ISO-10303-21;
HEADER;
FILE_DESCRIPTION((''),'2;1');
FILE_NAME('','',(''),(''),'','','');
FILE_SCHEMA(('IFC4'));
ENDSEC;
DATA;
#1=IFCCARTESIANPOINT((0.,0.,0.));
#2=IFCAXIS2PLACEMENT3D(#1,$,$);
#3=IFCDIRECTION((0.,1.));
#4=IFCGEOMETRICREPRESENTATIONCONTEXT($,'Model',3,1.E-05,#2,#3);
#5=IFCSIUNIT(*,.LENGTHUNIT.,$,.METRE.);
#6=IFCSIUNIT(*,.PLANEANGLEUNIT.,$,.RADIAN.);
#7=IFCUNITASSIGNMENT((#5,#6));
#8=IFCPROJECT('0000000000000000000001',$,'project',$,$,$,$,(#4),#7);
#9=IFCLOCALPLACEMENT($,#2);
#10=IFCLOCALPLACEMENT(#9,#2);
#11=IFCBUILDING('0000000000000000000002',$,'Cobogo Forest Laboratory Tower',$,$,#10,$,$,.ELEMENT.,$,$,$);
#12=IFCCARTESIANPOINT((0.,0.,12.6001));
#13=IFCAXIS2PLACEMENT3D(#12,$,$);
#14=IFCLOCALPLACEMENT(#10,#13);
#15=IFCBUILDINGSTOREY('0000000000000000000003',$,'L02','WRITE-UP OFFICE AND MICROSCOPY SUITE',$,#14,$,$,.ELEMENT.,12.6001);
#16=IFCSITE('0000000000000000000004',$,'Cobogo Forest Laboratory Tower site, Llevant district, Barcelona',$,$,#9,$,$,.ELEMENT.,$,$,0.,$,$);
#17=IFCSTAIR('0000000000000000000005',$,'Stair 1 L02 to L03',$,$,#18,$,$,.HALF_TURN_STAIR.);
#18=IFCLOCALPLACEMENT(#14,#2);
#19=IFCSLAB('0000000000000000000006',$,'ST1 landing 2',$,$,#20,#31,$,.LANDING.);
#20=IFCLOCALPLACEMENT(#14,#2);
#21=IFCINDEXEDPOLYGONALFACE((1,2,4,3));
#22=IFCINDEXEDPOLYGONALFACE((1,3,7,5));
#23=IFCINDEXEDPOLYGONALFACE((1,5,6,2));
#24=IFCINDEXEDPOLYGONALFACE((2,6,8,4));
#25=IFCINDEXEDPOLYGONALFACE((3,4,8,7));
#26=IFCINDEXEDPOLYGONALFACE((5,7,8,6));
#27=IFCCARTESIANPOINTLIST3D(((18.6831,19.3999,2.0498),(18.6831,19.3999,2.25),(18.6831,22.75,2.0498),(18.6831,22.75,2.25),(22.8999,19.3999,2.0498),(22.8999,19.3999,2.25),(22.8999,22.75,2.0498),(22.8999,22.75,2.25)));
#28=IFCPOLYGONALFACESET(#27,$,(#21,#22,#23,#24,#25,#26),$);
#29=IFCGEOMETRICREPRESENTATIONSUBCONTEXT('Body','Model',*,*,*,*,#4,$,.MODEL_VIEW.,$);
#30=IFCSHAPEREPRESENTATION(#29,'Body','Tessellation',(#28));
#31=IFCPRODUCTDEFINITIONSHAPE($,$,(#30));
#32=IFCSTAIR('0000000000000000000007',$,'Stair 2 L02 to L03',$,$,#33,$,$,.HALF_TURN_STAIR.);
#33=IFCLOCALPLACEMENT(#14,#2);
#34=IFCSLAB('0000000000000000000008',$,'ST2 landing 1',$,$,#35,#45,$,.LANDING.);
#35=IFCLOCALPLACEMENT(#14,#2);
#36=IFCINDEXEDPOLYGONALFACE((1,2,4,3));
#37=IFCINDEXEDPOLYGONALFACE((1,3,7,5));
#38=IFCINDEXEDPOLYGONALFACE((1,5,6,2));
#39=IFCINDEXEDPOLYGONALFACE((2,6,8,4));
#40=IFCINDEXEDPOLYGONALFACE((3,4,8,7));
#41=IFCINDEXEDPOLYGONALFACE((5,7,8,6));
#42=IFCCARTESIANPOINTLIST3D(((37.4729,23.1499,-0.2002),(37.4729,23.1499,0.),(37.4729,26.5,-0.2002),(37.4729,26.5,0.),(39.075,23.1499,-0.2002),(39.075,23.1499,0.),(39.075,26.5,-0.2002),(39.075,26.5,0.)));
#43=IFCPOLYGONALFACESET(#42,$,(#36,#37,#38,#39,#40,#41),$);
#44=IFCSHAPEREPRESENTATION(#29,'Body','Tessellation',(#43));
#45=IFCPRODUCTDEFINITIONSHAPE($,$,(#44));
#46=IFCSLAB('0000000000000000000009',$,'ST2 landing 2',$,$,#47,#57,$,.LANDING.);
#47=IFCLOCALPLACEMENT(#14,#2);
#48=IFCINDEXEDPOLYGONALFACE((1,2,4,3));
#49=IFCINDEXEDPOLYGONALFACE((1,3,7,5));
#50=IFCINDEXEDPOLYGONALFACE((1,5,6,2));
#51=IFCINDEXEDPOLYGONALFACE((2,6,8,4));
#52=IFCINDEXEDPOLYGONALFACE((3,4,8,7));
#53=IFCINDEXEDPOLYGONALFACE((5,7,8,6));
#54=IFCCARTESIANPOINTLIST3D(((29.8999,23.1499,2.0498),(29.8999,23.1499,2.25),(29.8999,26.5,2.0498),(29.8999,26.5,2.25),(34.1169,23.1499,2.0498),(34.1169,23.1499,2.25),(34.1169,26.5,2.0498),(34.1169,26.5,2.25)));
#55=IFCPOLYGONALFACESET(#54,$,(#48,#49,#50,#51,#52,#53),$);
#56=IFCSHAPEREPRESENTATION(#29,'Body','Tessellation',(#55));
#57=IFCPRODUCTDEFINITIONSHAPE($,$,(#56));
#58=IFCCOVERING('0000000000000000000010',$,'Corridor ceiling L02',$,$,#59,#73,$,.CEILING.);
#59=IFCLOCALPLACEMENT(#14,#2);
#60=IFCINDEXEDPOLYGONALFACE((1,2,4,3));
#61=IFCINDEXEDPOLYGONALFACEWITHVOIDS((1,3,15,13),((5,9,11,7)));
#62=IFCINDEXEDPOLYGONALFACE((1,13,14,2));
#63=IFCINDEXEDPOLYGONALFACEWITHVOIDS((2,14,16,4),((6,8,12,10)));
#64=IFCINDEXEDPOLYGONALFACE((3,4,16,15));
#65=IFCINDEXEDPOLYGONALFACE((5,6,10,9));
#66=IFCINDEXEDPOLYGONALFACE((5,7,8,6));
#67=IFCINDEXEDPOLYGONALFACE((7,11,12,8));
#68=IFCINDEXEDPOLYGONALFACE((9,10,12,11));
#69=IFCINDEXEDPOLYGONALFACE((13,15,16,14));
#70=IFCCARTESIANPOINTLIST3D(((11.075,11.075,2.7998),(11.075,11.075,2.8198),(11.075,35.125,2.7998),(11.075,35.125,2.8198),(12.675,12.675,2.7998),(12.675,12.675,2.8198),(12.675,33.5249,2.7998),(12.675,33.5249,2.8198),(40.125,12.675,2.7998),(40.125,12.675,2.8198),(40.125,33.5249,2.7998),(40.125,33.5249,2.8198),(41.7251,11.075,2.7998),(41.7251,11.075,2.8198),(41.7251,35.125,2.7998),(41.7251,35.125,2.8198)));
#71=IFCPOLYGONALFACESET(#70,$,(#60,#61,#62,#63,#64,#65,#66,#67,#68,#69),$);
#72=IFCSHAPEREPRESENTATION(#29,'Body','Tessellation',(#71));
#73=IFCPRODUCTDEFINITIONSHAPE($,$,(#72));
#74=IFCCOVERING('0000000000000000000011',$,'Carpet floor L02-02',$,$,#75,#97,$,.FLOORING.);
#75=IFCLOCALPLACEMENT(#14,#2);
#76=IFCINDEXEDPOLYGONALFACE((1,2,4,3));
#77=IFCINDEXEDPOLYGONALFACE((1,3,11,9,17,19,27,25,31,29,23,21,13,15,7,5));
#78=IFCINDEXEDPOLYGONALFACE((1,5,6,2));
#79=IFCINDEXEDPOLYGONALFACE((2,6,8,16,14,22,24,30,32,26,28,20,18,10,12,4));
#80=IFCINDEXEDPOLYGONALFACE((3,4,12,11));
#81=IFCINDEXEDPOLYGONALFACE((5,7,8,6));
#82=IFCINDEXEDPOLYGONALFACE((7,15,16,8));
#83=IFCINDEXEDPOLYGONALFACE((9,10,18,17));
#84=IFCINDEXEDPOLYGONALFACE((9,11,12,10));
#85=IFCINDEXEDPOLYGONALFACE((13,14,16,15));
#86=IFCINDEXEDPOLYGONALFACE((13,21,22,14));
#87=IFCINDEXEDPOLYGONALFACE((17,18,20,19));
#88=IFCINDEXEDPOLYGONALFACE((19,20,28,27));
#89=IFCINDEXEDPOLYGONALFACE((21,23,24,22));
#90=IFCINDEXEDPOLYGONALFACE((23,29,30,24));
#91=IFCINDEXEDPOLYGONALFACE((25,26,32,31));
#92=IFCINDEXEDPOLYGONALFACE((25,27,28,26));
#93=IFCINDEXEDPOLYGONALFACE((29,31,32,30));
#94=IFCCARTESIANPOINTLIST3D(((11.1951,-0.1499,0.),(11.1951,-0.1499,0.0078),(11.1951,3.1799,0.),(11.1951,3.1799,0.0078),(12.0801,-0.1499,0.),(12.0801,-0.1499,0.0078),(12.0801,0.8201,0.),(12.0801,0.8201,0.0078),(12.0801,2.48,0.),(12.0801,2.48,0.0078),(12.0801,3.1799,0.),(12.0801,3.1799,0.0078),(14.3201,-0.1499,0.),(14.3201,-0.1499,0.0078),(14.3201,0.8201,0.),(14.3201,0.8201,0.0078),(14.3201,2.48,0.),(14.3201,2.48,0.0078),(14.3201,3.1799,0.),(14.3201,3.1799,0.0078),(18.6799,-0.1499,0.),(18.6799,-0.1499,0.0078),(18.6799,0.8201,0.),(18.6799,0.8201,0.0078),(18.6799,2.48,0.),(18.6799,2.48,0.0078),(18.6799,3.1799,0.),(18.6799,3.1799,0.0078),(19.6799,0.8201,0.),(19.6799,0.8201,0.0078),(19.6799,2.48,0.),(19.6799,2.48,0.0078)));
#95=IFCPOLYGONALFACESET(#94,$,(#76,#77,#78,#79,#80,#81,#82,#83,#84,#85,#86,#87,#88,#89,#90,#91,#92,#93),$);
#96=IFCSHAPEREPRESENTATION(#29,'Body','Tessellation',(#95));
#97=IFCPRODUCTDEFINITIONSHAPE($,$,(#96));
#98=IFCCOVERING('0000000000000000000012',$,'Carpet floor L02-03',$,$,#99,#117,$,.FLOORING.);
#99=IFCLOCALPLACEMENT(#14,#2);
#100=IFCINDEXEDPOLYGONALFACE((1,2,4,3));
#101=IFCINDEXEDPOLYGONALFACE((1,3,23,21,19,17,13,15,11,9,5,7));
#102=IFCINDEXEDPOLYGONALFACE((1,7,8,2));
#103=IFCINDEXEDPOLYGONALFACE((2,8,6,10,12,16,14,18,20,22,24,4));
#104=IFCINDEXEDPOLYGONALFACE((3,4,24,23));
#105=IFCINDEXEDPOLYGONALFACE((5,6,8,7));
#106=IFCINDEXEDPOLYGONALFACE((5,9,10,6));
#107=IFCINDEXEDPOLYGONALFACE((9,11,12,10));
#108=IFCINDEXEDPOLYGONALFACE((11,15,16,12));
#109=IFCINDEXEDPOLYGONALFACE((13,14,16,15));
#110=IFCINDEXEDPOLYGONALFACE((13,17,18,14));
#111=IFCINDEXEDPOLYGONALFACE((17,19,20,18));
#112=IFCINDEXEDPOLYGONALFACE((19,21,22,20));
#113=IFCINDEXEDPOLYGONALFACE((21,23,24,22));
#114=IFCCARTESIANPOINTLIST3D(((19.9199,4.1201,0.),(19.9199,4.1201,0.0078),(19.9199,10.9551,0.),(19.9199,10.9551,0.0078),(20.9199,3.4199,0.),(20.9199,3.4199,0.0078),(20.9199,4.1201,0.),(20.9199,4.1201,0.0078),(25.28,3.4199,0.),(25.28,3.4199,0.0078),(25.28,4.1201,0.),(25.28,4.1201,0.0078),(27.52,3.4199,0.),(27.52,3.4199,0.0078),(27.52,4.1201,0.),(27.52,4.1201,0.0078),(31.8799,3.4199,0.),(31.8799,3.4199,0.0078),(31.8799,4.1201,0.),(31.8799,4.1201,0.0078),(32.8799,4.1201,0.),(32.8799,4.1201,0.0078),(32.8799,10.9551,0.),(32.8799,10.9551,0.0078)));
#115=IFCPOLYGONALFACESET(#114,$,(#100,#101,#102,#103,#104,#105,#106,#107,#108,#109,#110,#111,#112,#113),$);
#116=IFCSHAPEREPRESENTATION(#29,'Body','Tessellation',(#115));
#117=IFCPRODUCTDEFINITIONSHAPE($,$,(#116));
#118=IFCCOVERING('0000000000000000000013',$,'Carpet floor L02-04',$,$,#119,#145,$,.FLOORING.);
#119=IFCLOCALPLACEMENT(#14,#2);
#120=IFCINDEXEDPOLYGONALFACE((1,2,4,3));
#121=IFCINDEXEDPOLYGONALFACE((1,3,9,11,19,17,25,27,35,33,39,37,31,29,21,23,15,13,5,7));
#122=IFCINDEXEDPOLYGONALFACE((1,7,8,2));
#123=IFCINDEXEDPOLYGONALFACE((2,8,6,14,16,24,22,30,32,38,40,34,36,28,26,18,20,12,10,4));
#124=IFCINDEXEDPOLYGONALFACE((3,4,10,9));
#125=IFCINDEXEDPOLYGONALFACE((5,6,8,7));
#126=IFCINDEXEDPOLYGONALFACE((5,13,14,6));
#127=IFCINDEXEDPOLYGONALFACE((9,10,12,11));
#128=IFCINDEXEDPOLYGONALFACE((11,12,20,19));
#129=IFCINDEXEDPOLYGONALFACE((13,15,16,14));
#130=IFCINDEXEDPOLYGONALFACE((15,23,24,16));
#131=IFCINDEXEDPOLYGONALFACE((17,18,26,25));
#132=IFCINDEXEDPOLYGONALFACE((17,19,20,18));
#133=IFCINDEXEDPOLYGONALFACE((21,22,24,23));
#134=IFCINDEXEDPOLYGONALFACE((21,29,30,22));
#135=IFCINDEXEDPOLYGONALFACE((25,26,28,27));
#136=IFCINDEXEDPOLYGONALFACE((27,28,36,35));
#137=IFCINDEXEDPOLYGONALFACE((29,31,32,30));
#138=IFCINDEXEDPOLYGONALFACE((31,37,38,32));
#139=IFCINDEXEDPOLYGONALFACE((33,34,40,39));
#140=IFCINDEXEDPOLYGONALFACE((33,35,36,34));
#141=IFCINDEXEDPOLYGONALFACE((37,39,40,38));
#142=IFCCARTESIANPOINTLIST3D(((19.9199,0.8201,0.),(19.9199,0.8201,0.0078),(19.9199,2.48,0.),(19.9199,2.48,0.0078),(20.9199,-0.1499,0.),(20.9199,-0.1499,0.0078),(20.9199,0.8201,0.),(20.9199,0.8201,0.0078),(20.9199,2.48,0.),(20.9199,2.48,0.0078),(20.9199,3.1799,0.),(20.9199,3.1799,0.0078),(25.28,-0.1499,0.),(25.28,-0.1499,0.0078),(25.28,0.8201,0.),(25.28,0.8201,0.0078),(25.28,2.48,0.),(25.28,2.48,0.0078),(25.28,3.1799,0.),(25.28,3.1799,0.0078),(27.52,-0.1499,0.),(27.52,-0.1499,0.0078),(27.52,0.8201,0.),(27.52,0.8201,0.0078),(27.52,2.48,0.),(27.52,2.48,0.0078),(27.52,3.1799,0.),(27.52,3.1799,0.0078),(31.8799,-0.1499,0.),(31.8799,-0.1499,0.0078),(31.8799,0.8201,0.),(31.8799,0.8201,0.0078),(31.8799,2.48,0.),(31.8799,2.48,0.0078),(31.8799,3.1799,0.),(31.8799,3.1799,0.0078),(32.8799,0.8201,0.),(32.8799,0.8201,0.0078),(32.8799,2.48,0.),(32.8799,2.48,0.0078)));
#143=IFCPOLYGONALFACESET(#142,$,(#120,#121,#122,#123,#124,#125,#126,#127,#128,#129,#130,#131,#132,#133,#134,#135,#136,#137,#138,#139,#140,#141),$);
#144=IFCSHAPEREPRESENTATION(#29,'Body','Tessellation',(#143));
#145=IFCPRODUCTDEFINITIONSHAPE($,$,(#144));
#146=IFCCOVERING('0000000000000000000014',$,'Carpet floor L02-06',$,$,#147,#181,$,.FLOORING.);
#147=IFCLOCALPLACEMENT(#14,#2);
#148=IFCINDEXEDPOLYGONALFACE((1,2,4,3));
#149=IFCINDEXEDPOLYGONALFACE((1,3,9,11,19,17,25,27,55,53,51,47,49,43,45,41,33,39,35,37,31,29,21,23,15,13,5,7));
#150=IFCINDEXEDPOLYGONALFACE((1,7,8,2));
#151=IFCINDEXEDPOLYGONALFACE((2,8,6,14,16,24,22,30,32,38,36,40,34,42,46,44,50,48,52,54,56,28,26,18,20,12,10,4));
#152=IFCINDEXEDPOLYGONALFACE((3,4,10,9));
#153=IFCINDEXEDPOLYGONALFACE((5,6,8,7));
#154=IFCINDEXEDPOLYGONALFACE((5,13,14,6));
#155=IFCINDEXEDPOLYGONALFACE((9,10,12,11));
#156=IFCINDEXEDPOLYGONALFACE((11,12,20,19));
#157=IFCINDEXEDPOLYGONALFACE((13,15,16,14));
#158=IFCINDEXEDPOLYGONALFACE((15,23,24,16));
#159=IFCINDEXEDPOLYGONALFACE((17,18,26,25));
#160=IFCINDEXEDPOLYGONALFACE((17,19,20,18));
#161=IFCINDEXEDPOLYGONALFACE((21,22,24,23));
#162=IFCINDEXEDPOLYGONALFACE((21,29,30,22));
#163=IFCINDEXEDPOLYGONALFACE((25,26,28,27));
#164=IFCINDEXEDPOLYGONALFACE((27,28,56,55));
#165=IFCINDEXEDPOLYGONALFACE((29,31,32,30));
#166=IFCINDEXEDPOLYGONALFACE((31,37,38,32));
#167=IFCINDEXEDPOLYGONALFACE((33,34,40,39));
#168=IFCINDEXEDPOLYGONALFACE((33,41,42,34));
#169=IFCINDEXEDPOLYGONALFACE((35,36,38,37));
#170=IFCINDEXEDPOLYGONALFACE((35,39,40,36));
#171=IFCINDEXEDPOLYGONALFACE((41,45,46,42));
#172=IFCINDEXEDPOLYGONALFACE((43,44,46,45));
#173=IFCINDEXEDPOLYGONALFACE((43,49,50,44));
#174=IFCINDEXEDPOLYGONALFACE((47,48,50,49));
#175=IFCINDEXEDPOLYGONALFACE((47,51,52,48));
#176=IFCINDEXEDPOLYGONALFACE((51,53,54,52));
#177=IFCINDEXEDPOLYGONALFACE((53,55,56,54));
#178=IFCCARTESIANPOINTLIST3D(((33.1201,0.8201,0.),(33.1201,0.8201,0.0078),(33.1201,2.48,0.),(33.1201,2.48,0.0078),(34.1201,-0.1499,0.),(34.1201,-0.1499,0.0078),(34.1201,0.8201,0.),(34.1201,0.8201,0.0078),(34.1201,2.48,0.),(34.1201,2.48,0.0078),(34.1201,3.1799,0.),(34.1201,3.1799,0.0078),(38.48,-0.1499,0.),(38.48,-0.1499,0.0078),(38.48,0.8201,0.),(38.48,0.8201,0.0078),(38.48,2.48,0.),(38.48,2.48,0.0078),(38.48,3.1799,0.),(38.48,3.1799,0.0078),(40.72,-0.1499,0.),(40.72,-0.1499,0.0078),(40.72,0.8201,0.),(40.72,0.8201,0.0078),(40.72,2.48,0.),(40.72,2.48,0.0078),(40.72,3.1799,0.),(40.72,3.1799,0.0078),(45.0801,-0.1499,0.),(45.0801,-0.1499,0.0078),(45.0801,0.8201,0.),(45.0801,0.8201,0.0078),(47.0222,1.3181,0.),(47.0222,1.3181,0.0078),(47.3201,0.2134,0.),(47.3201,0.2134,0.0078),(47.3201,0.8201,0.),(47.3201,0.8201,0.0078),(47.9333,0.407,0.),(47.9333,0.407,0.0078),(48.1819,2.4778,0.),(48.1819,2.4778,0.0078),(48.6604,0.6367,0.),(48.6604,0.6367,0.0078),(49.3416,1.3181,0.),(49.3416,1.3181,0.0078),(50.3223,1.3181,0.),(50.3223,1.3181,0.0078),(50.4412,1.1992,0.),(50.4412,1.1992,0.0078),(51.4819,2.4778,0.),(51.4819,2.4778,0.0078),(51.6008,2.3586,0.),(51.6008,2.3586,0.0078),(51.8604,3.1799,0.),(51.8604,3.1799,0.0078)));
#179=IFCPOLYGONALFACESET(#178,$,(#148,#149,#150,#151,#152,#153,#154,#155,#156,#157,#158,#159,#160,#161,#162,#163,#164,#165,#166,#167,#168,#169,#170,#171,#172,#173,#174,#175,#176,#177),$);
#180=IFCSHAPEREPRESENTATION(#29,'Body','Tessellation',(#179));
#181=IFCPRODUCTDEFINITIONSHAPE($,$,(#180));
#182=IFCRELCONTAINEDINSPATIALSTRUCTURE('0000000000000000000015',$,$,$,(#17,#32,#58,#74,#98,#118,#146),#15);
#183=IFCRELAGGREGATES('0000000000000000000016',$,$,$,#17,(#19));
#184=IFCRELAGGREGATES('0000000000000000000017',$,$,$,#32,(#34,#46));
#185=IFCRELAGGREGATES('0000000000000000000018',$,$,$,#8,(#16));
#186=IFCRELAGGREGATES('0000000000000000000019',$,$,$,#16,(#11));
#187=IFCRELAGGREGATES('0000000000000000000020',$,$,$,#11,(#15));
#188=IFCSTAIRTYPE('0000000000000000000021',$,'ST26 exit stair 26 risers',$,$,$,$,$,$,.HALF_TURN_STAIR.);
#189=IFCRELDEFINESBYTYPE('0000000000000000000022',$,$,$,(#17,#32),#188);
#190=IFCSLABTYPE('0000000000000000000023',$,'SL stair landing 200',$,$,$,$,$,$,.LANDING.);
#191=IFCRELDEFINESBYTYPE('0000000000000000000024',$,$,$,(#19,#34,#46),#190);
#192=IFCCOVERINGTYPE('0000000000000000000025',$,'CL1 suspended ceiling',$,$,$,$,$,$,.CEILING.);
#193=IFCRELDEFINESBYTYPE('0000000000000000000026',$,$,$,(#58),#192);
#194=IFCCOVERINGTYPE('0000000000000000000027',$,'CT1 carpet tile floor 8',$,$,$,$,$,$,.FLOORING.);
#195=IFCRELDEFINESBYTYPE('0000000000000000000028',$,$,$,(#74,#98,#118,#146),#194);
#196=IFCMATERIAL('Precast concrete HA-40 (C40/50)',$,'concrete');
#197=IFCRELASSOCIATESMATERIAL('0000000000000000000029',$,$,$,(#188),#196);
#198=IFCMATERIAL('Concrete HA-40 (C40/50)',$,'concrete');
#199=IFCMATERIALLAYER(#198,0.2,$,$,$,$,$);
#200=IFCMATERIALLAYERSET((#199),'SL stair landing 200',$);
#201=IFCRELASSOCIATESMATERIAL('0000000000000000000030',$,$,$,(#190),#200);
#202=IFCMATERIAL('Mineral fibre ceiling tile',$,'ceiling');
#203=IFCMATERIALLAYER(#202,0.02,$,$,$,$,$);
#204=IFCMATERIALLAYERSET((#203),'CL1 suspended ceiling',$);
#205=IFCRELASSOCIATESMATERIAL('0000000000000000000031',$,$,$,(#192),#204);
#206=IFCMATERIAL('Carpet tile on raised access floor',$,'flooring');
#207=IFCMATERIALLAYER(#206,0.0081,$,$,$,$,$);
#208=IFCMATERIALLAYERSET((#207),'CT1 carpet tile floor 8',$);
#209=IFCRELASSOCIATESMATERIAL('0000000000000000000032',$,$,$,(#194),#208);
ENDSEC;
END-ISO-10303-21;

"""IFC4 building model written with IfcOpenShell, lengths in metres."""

from ifc_helpers import new_model, si_unit, direction, frame, origin, place, context, subcontext, project, spatial, polyline, outline, extrude, material, layer, layer_set, type_object, element, aggregate, save


model = new_model("IFC4")

# Units and contexts
model_context = context("Model", 3, precision=1e-05, world=origin(), true_north=direction((0.0, 1.0)))
body_context = subcontext(model_context, "Body", "Model", "MODEL_VIEW")
ifc_project = project(units=[si_unit("LENGTHUNIT", "METRE"), si_unit("PLANEANGLEUNIT", "RADIAN")], contexts=[model_context])

# Site, building, storey
site_placement = place(None, origin())
site = spatial("IfcSite", under=ifc_project, at=site_placement, Name="Cobogo Forest Laboratory Tower site, Llevant district, Barcelona", CompositionType="ELEMENT", RefElevation=0.0)
building_placement = place(site_placement, origin())
building = spatial("IfcBuilding", under=site, at=building_placement, Name="Cobogo Forest Laboratory Tower", CompositionType="ELEMENT")
storey_placement = place(building_placement, frame((0.0, 0.0, 12.6001)))
storey = spatial("IfcBuildingStorey", under=building, at=storey_placement, Name="L02", Description="WRITE-UP OFFICE AND MICROSCOPY SUITE", CompositionType="ELEMENT", Elevation=12.6001)

# Shared definitions
ifc_material_1 = material(Name="Concrete HA-40 (C40/50)", Category="concrete")

# Stairs, slabs
ifc_material_2 = material(Name="Precast concrete HA-40 (C40/50)", Category="concrete")
stair_type = type_object("IfcStairType", Name="ST26 exit stair 26 risers", PredefinedType="HALF_TURN_STAIR", material=ifc_material_2)
stair_1_placement = place(storey_placement, origin())
stair_1 = element("IfcStair", 1, at=stair_1_placement, inside=storey, type_object=stair_type, Name="Stair 1 L02 to L03", PredefinedType="HALF_TURN_STAIR")
ifc_layer_1 = layer(ifc_material_1, 0.2)
ifc_layer_set_1 = layer_set([ifc_layer_1], Name="SL stair landing 200")
slab_type_1 = type_object("IfcSlabType", Name="SL stair landing 200", PredefinedType="LANDING", material=ifc_layer_set_1)
slab_1_placement = place(storey_placement, frame((0.0, 0.0, 2.0498)))
slab_1 = element("IfcSlab", 2, at=slab_1_placement, type_object=slab_type_1, Name="ST1 landing 2", PredefinedType="LANDING", context=body_context, shape_type="SweptSolid", body=[
    extrude(outline(polyline([(18.6831, 19.3999), (22.8999, 19.3999), (22.8999, 22.75), (18.6831, 22.75), (18.6831, 19.3999)])), origin(), (0.0, 0.0, 1.0), 0.2002),
])
aggregate(stair_1, [slab_1])
stair_2_placement = place(storey_placement, origin())
stair_2 = element("IfcStair", 3, at=stair_2_placement, inside=storey, type_object=stair_type, Name="Stair 2 L02 to L03", PredefinedType="HALF_TURN_STAIR")
slab_2_placement = place(storey_placement, frame((0.0, 0.0, -0.2002)))
slab_2 = element("IfcSlab", 4, at=slab_2_placement, type_object=slab_type_1, Name="ST2 landing 1", PredefinedType="LANDING", context=body_context, shape_type="SweptSolid", body=[
    extrude(outline(polyline([(37.4729, 23.1499), (39.075, 23.1499), (39.075, 26.5), (37.4729, 26.5), (37.4729, 23.1499)])), origin(), (0.0, 0.0, 1.0), 0.2002),
])
slab_3_placement = place(storey_placement, frame((0.0, 0.0, 2.0498)))
slab_3 = element("IfcSlab", 5, at=slab_3_placement, type_object=slab_type_1, Name="ST2 landing 2", PredefinedType="LANDING", context=body_context, shape_type="SweptSolid", body=[
    extrude(outline(polyline([(29.8999, 23.1499), (34.1169, 23.1499), (34.1169, 26.5), (29.8999, 26.5), (29.8999, 23.1499)])), origin(), (0.0, 0.0, 1.0), 0.2002),
])
aggregate(stair_2, [slab_2, slab_3])

# Coverings
ifc_material_3 = material(Name="Mineral fibre ceiling tile", Category="ceiling")
ifc_layer_2 = layer(ifc_material_3, 0.02)
ifc_layer_set_2 = layer_set([ifc_layer_2], Name="CL1 suspended ceiling")
covering_type_1 = type_object("IfcCoveringType", Name="CL1 suspended ceiling", PredefinedType="CEILING", material=ifc_layer_set_2)
covering_1_placement = place(storey_placement, frame((0.0, 0.0, 2.7998)))
element("IfcCovering", 6, at=covering_1_placement, inside=storey, type_object=covering_type_1, Name="Corridor ceiling L02", PredefinedType="CEILING", context=body_context, shape_type="SweptSolid", body=[
    extrude(outline(polyline([(11.075, 11.075), (11.075, 35.125), (41.7251, 35.125), (41.7251, 11.075), (11.075, 11.075)]), holes=[polyline([(40.125, 33.5249), (12.675, 33.5249), (12.675, 12.675), (40.125, 12.675), (40.125, 33.5249)])]), origin(), (0.0, 0.0, 1.0), 0.02),
])
ifc_material_4 = material(Name="Carpet tile on raised access floor", Category="flooring")
ifc_layer_3 = layer(ifc_material_4, 0.0081)
ifc_layer_set_3 = layer_set([ifc_layer_3], Name="CT1 carpet tile floor 8")
covering_type_2 = type_object("IfcCoveringType", Name="CT1 carpet tile floor 8", PredefinedType="FLOORING", material=ifc_layer_set_3)
covering_2_placement = place(storey_placement, origin())
element("IfcCovering", 7, at=covering_2_placement, inside=storey, type_object=covering_type_2, Name="Carpet floor L02-02", PredefinedType="FLOORING", context=body_context, shape_type="SweptSolid", body=[
    extrude(outline(polyline([(12.0801, 3.1799), (12.0801, 2.48), (14.3201, 2.48), (14.3201, 3.1799), (18.6799, 3.1799), (18.6799, 2.48), (19.6799, 2.48), (19.6799, 0.8201), (18.6799, 0.8201), (18.6799, -0.1499), (14.3201, -0.1499), (14.3201, 0.8201), (12.0801, 0.8201), (12.0801, -0.1499), (11.1951, -0.1499), (11.1951, 3.1799), (12.0801, 3.1799)])), origin(), (0.0, 0.0, 1.0), 0.0078),
])
covering_3_placement = place(storey_placement, origin())
element("IfcCovering", 8, at=covering_3_placement, inside=storey, type_object=covering_type_2, Name="Carpet floor L02-03", PredefinedType="FLOORING", context=body_context, shape_type="SweptSolid", body=[
    extrude(outline(polyline([(19.9199, 10.9551), (32.8799, 10.9551), (32.8799, 4.1201), (31.8799, 4.1201), (31.8799, 3.4199), (27.52, 3.4199), (27.52, 4.1201), (25.28, 4.1201), (25.28, 3.4199), (20.9199, 3.4199), (20.9199, 4.1201), (19.9199, 4.1201), (19.9199, 10.9551)])), origin(), (0.0, 0.0, 1.0), 0.0078),
])
covering_4_placement = place(storey_placement, origin())
element("IfcCovering", 9, at=covering_4_placement, inside=storey, type_object=covering_type_2, Name="Carpet floor L02-04", PredefinedType="FLOORING", context=body_context, shape_type="SweptSolid", body=[
    extrude(outline(polyline([(25.28, 3.1799), (25.28, 2.48), (27.52, 2.48), (27.52, 3.1799), (31.8799, 3.1799), (31.8799, 2.48), (32.8799, 2.48), (32.8799, 0.8201), (31.8799, 0.8201), (31.8799, -0.1499), (27.52, -0.1499), (27.52, 0.8201), (25.28, 0.8201), (25.28, -0.1499), (20.9199, -0.1499), (20.9199, 0.8201), (19.9199, 0.8201), (19.9199, 2.48), (20.9199, 2.48), (20.9199, 3.1799), (25.28, 3.1799)])), origin(), (0.0, 0.0, 1.0), 0.0078),
])
covering_5_placement = place(storey_placement, origin())
element("IfcCovering", 10, at=covering_5_placement, inside=storey, type_object=covering_type_2, Name="Carpet floor L02-06", PredefinedType="FLOORING", context=body_context, shape_type="SweptSolid", body=[
    extrude(outline(polyline([(38.48, 3.1799), (38.48, 2.48), (40.72, 2.48), (40.72, 3.1799), (51.8604, 3.1799), (51.6008, 2.3586), (51.4819, 2.4778), (50.3223, 1.3181), (50.4412, 1.1992), (48.6604, 0.6367), (49.3416, 1.3181), (48.1819, 2.4778), (47.0222, 1.3181), (47.9333, 0.407), (47.3201, 0.2134), (47.3201, 0.8201), (45.0801, 0.8201), (45.0801, -0.1499), (40.72, -0.1499), (40.72, 0.8201), (38.48, 0.8201), (38.48, -0.1499), (34.1201, -0.1499), (34.1201, 0.8201), (33.1201, 0.8201), (33.1201, 2.48), (34.1201, 2.48), (34.1201, 3.1799), (38.48, 3.1799)])), origin(), (0.0, 0.0, 1.0), 0.0078),
])

save(model, "model.ifc")
